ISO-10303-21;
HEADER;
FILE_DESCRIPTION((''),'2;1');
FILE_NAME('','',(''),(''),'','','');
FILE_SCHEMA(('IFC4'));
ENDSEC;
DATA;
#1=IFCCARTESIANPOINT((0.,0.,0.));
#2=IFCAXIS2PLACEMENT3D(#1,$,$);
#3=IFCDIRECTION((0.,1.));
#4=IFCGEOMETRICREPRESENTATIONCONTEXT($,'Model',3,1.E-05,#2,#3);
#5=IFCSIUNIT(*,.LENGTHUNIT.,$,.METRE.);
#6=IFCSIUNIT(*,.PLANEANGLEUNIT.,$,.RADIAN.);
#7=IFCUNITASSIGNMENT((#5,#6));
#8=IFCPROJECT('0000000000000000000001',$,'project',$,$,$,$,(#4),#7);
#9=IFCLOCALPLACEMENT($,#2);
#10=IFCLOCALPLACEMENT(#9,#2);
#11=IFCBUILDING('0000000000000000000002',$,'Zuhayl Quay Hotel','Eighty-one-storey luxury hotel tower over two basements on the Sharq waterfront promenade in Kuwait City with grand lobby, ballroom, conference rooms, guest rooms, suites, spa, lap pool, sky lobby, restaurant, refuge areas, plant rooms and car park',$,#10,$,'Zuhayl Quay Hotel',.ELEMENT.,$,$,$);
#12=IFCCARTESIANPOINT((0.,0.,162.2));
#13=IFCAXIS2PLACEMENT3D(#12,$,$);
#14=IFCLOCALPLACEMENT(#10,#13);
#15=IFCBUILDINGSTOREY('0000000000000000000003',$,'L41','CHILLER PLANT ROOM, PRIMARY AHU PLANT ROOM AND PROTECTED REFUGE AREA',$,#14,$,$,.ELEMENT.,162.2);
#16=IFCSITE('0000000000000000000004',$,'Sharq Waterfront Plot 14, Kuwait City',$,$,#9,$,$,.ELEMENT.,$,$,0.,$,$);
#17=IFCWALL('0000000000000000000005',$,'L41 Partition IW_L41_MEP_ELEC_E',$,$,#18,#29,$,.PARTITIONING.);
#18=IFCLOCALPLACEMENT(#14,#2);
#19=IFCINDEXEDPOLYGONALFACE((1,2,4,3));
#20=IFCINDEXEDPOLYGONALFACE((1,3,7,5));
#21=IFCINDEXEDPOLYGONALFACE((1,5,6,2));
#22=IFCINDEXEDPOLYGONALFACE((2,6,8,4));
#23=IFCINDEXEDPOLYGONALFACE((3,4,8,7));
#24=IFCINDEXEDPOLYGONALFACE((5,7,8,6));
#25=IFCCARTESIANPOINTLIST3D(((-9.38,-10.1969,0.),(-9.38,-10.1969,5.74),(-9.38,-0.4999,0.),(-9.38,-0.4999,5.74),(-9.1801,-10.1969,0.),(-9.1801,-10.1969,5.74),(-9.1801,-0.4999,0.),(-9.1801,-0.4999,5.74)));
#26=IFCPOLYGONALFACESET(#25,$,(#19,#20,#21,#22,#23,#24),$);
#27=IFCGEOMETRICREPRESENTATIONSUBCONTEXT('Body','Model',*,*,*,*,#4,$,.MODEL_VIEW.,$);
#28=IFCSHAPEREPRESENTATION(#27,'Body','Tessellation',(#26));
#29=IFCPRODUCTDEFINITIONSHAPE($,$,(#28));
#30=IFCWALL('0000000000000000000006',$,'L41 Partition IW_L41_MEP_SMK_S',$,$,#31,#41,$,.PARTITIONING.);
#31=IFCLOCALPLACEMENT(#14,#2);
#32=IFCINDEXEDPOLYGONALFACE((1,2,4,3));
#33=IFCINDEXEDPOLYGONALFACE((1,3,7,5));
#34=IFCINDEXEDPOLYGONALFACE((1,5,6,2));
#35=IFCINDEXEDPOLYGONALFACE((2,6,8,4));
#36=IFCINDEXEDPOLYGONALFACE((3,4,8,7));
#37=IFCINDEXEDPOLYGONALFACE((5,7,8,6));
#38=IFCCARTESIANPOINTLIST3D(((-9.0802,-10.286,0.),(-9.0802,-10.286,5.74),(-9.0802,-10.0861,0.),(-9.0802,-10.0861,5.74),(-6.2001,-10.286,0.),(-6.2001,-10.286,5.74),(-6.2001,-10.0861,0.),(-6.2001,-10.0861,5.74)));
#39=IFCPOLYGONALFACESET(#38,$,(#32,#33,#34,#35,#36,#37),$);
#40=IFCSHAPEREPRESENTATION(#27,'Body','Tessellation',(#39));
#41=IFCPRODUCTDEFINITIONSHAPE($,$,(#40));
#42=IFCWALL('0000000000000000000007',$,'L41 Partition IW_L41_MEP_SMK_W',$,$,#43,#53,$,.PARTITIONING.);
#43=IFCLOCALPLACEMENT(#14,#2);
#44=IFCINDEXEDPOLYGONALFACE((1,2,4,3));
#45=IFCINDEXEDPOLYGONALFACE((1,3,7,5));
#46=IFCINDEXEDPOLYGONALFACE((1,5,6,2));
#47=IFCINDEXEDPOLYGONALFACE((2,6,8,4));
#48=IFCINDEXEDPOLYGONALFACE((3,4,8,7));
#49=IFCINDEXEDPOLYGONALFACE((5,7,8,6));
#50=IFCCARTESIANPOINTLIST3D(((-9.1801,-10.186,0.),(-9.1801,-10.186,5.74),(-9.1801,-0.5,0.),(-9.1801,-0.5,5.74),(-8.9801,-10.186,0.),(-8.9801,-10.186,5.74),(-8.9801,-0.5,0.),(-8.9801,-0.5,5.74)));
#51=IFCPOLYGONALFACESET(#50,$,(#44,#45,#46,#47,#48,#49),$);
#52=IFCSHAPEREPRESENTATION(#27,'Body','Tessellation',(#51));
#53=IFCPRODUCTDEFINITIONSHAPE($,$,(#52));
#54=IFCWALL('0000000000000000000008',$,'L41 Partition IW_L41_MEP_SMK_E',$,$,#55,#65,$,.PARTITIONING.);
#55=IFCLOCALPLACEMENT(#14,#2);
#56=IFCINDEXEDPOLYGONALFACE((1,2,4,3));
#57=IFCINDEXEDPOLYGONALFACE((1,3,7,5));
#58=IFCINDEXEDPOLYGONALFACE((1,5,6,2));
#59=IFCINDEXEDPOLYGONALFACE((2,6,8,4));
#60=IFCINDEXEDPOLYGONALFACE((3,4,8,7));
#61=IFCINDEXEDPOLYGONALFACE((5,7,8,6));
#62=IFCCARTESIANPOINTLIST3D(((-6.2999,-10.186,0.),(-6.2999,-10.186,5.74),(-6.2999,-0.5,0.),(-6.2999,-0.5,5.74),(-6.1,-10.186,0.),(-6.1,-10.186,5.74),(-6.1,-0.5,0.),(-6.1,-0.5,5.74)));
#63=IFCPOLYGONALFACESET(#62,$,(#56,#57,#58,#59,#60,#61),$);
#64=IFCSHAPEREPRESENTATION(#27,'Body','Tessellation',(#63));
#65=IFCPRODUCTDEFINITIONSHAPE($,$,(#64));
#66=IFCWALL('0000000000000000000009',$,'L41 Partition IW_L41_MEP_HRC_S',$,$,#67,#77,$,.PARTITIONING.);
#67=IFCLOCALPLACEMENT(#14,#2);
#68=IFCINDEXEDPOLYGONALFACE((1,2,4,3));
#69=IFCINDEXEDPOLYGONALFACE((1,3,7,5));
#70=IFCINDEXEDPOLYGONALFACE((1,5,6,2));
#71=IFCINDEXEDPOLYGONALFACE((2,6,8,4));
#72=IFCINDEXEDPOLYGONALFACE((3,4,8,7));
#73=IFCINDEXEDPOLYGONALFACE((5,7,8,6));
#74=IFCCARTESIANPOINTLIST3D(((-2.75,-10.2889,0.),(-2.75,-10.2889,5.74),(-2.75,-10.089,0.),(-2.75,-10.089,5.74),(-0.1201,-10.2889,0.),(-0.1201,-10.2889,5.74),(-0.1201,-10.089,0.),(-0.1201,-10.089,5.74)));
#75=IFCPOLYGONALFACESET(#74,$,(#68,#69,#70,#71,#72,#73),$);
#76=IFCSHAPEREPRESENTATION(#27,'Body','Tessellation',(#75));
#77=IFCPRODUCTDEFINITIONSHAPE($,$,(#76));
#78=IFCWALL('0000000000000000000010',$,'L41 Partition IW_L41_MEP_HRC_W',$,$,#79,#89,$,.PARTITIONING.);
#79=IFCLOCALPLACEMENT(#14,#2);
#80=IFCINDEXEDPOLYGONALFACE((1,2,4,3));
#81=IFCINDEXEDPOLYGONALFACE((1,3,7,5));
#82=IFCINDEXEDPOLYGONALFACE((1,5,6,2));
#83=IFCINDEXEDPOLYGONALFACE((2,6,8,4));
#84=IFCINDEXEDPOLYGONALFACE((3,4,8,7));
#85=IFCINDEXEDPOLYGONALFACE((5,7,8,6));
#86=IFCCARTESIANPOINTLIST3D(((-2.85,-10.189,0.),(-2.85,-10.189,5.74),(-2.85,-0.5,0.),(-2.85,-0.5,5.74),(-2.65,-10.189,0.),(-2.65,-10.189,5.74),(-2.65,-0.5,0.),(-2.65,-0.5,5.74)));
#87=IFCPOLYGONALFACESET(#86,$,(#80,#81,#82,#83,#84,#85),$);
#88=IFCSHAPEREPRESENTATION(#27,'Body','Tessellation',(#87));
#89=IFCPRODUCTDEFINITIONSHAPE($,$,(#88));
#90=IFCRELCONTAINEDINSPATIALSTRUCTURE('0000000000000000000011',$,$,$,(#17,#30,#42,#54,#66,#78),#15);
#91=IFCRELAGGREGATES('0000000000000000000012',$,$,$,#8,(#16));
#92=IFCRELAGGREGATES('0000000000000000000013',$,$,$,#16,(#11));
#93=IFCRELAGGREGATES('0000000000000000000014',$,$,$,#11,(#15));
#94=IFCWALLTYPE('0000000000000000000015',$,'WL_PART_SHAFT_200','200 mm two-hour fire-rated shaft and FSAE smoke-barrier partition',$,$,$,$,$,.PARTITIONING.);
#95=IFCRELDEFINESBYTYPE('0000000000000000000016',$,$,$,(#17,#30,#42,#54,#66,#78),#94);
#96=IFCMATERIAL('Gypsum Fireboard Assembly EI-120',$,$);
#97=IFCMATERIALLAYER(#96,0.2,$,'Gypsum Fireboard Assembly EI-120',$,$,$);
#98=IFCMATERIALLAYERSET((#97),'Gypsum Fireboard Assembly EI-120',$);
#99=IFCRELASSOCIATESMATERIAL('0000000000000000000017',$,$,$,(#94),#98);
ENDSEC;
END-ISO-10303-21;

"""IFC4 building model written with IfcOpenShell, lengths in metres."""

from ifc_helpers import new_model, si_unit, direction, frame, frame_2d, origin, place, context, subcontext, project, spatial, rectangle, extrude, material, layer, layer_set, type_object, element, save


model = new_model("IFC4")

# Units and contexts
model_context = context("Model", 3, precision=1e-05, world=origin(), true_north=direction((0.0, 1.0)))
body_context = subcontext(model_context, "Body", "Model", "MODEL_VIEW")
ifc_project = project(units=[si_unit("LENGTHUNIT", "METRE"), si_unit("PLANEANGLEUNIT", "RADIAN")], contexts=[model_context])

# Site, building, storey
site_placement = place(None, origin())
site = spatial("IfcSite", under=ifc_project, at=site_placement, Name="Sharq Waterfront Plot 14, Kuwait City", CompositionType="ELEMENT", RefElevation=0.0)
building_placement = place(site_placement, origin())
building = spatial("IfcBuilding", under=site, at=building_placement, Name="Zuhayl Quay Hotel", Description="Eighty-one-storey luxury hotel tower over two basements on the Sharq waterfront promenade in Kuwait City with grand lobby, ballroom, conference rooms, guest rooms, suites, spa, lap pool, sky lobby, restaurant, refuge areas, plant rooms and car park", LongName="Zuhayl Quay Hotel", CompositionType="ELEMENT")
storey_placement = place(building_placement, frame((0.0, 0.0, 162.2)))
storey = spatial("IfcBuildingStorey", under=building, at=storey_placement, Name="L41", Description="CHILLER PLANT ROOM, PRIMARY AHU PLANT ROOM AND PROTECTED REFUGE AREA", CompositionType="ELEMENT", Elevation=162.2)

# Walls
ifc_material_1 = material(Name="Gypsum Fireboard Assembly EI-120")
ifc_layer_1 = layer(ifc_material_1, 0.2, Name="Gypsum Fireboard Assembly EI-120")
ifc_layer_set_1 = layer_set([ifc_layer_1], Name="Gypsum Fireboard Assembly EI-120")
wall_type = type_object("IfcWallType", Name="WL_PART_SHAFT_200", Description="200 mm two-hour fire-rated shaft and FSAE smoke-barrier partition", PredefinedType="PARTITIONING", material=ifc_layer_set_1)
wall_1_placement = place(storey_placement, frame((-9.28, -10.197, 0.0), z_axis=(0.0, 0.0, 1.0), x_axis=(0.0, 1.0, 0.0)))
element("IfcWall", 1, at=wall_1_placement, inside=storey, type_object=wall_type, Name="L41 Partition IW_L41_MEP_ELEC_E", PredefinedType="PARTITIONING", context=body_context, shape_type="SweptSolid", body=[
    extrude(rectangle(XDim=9.697, YDim=0.2, at=frame_2d((4.8486, 0.0))), origin(), (0.0, 0.0, 1.0), 5.74),
])
wall_2_placement = place(storey_placement, frame((-9.0801, -10.186, 0.0), z_axis=(0.0, 0.0, 1.0), x_axis=(1.0, 0.0, 0.0)))
element("IfcWall", 2, at=wall_2_placement, inside=storey, type_object=wall_type, Name="L41 Partition IW_L41_MEP_SMK_S", PredefinedType="PARTITIONING", context=body_context, shape_type="SweptSolid", body=[
    extrude(rectangle(XDim=2.8801, YDim=0.2, at=frame_2d((1.4399, 0.0))), origin(), (0.0, 0.0, 1.0), 5.74),
])
for number, where, z_axis, x_axis, name in (
    (3, (-9.0801, -10.186, 0.0), (0.0, 0.0, 1.0), (0.0, 1.0, 0.0), "L41 Partition IW_L41_MEP_SMK_W"),
    (4, (-6.2, -10.186, 0.0), (0.0, 0.0, 1.0), (0.0, 1.0, 0.0), "L41 Partition IW_L41_MEP_SMK_E"),
):
    element("IfcWall", number, at=place(storey_placement, frame(where, z_axis=z_axis, x_axis=x_axis)), inside=storey, type_object=wall_type, Name=name, PredefinedType="PARTITIONING", context=body_context, shape_type="SweptSolid", body=[
        extrude(rectangle(XDim=9.686, YDim=0.2, at=frame_2d((4.843, 0.0))), origin(), (0.0, 0.0, 1.0), 5.74),
    ])
wall_3_placement = place(storey_placement, frame((-2.75, -10.189, 0.0), z_axis=(0.0, 0.0, 1.0), x_axis=(1.0, 0.0, 0.0)))
element("IfcWall", 5, at=wall_3_placement, inside=storey, type_object=wall_type, Name="L41 Partition IW_L41_MEP_HRC_S", PredefinedType="PARTITIONING", context=body_context, shape_type="SweptSolid", body=[
    extrude(rectangle(XDim=2.6299, YDim=0.2, at=frame_2d((1.3149, 0.0))), origin(), (0.0, 0.0, 1.0), 5.74),
])
wall_4_placement = place(storey_placement, frame((-2.75, -10.189, 0.0), z_axis=(0.0, 0.0, 1.0), x_axis=(0.0, 1.0, 0.0)))
element("IfcWall", 6, at=wall_4_placement, inside=storey, type_object=wall_type, Name="L41 Partition IW_L41_MEP_HRC_W", PredefinedType="PARTITIONING", context=body_context, shape_type="SweptSolid", body=[
    extrude(rectangle(XDim=9.689, YDim=0.2, at=frame_2d((4.8445, 0.0))), origin(), (0.0, 0.0, 1.0), 5.74),
])

save(model, "model.ifc")
